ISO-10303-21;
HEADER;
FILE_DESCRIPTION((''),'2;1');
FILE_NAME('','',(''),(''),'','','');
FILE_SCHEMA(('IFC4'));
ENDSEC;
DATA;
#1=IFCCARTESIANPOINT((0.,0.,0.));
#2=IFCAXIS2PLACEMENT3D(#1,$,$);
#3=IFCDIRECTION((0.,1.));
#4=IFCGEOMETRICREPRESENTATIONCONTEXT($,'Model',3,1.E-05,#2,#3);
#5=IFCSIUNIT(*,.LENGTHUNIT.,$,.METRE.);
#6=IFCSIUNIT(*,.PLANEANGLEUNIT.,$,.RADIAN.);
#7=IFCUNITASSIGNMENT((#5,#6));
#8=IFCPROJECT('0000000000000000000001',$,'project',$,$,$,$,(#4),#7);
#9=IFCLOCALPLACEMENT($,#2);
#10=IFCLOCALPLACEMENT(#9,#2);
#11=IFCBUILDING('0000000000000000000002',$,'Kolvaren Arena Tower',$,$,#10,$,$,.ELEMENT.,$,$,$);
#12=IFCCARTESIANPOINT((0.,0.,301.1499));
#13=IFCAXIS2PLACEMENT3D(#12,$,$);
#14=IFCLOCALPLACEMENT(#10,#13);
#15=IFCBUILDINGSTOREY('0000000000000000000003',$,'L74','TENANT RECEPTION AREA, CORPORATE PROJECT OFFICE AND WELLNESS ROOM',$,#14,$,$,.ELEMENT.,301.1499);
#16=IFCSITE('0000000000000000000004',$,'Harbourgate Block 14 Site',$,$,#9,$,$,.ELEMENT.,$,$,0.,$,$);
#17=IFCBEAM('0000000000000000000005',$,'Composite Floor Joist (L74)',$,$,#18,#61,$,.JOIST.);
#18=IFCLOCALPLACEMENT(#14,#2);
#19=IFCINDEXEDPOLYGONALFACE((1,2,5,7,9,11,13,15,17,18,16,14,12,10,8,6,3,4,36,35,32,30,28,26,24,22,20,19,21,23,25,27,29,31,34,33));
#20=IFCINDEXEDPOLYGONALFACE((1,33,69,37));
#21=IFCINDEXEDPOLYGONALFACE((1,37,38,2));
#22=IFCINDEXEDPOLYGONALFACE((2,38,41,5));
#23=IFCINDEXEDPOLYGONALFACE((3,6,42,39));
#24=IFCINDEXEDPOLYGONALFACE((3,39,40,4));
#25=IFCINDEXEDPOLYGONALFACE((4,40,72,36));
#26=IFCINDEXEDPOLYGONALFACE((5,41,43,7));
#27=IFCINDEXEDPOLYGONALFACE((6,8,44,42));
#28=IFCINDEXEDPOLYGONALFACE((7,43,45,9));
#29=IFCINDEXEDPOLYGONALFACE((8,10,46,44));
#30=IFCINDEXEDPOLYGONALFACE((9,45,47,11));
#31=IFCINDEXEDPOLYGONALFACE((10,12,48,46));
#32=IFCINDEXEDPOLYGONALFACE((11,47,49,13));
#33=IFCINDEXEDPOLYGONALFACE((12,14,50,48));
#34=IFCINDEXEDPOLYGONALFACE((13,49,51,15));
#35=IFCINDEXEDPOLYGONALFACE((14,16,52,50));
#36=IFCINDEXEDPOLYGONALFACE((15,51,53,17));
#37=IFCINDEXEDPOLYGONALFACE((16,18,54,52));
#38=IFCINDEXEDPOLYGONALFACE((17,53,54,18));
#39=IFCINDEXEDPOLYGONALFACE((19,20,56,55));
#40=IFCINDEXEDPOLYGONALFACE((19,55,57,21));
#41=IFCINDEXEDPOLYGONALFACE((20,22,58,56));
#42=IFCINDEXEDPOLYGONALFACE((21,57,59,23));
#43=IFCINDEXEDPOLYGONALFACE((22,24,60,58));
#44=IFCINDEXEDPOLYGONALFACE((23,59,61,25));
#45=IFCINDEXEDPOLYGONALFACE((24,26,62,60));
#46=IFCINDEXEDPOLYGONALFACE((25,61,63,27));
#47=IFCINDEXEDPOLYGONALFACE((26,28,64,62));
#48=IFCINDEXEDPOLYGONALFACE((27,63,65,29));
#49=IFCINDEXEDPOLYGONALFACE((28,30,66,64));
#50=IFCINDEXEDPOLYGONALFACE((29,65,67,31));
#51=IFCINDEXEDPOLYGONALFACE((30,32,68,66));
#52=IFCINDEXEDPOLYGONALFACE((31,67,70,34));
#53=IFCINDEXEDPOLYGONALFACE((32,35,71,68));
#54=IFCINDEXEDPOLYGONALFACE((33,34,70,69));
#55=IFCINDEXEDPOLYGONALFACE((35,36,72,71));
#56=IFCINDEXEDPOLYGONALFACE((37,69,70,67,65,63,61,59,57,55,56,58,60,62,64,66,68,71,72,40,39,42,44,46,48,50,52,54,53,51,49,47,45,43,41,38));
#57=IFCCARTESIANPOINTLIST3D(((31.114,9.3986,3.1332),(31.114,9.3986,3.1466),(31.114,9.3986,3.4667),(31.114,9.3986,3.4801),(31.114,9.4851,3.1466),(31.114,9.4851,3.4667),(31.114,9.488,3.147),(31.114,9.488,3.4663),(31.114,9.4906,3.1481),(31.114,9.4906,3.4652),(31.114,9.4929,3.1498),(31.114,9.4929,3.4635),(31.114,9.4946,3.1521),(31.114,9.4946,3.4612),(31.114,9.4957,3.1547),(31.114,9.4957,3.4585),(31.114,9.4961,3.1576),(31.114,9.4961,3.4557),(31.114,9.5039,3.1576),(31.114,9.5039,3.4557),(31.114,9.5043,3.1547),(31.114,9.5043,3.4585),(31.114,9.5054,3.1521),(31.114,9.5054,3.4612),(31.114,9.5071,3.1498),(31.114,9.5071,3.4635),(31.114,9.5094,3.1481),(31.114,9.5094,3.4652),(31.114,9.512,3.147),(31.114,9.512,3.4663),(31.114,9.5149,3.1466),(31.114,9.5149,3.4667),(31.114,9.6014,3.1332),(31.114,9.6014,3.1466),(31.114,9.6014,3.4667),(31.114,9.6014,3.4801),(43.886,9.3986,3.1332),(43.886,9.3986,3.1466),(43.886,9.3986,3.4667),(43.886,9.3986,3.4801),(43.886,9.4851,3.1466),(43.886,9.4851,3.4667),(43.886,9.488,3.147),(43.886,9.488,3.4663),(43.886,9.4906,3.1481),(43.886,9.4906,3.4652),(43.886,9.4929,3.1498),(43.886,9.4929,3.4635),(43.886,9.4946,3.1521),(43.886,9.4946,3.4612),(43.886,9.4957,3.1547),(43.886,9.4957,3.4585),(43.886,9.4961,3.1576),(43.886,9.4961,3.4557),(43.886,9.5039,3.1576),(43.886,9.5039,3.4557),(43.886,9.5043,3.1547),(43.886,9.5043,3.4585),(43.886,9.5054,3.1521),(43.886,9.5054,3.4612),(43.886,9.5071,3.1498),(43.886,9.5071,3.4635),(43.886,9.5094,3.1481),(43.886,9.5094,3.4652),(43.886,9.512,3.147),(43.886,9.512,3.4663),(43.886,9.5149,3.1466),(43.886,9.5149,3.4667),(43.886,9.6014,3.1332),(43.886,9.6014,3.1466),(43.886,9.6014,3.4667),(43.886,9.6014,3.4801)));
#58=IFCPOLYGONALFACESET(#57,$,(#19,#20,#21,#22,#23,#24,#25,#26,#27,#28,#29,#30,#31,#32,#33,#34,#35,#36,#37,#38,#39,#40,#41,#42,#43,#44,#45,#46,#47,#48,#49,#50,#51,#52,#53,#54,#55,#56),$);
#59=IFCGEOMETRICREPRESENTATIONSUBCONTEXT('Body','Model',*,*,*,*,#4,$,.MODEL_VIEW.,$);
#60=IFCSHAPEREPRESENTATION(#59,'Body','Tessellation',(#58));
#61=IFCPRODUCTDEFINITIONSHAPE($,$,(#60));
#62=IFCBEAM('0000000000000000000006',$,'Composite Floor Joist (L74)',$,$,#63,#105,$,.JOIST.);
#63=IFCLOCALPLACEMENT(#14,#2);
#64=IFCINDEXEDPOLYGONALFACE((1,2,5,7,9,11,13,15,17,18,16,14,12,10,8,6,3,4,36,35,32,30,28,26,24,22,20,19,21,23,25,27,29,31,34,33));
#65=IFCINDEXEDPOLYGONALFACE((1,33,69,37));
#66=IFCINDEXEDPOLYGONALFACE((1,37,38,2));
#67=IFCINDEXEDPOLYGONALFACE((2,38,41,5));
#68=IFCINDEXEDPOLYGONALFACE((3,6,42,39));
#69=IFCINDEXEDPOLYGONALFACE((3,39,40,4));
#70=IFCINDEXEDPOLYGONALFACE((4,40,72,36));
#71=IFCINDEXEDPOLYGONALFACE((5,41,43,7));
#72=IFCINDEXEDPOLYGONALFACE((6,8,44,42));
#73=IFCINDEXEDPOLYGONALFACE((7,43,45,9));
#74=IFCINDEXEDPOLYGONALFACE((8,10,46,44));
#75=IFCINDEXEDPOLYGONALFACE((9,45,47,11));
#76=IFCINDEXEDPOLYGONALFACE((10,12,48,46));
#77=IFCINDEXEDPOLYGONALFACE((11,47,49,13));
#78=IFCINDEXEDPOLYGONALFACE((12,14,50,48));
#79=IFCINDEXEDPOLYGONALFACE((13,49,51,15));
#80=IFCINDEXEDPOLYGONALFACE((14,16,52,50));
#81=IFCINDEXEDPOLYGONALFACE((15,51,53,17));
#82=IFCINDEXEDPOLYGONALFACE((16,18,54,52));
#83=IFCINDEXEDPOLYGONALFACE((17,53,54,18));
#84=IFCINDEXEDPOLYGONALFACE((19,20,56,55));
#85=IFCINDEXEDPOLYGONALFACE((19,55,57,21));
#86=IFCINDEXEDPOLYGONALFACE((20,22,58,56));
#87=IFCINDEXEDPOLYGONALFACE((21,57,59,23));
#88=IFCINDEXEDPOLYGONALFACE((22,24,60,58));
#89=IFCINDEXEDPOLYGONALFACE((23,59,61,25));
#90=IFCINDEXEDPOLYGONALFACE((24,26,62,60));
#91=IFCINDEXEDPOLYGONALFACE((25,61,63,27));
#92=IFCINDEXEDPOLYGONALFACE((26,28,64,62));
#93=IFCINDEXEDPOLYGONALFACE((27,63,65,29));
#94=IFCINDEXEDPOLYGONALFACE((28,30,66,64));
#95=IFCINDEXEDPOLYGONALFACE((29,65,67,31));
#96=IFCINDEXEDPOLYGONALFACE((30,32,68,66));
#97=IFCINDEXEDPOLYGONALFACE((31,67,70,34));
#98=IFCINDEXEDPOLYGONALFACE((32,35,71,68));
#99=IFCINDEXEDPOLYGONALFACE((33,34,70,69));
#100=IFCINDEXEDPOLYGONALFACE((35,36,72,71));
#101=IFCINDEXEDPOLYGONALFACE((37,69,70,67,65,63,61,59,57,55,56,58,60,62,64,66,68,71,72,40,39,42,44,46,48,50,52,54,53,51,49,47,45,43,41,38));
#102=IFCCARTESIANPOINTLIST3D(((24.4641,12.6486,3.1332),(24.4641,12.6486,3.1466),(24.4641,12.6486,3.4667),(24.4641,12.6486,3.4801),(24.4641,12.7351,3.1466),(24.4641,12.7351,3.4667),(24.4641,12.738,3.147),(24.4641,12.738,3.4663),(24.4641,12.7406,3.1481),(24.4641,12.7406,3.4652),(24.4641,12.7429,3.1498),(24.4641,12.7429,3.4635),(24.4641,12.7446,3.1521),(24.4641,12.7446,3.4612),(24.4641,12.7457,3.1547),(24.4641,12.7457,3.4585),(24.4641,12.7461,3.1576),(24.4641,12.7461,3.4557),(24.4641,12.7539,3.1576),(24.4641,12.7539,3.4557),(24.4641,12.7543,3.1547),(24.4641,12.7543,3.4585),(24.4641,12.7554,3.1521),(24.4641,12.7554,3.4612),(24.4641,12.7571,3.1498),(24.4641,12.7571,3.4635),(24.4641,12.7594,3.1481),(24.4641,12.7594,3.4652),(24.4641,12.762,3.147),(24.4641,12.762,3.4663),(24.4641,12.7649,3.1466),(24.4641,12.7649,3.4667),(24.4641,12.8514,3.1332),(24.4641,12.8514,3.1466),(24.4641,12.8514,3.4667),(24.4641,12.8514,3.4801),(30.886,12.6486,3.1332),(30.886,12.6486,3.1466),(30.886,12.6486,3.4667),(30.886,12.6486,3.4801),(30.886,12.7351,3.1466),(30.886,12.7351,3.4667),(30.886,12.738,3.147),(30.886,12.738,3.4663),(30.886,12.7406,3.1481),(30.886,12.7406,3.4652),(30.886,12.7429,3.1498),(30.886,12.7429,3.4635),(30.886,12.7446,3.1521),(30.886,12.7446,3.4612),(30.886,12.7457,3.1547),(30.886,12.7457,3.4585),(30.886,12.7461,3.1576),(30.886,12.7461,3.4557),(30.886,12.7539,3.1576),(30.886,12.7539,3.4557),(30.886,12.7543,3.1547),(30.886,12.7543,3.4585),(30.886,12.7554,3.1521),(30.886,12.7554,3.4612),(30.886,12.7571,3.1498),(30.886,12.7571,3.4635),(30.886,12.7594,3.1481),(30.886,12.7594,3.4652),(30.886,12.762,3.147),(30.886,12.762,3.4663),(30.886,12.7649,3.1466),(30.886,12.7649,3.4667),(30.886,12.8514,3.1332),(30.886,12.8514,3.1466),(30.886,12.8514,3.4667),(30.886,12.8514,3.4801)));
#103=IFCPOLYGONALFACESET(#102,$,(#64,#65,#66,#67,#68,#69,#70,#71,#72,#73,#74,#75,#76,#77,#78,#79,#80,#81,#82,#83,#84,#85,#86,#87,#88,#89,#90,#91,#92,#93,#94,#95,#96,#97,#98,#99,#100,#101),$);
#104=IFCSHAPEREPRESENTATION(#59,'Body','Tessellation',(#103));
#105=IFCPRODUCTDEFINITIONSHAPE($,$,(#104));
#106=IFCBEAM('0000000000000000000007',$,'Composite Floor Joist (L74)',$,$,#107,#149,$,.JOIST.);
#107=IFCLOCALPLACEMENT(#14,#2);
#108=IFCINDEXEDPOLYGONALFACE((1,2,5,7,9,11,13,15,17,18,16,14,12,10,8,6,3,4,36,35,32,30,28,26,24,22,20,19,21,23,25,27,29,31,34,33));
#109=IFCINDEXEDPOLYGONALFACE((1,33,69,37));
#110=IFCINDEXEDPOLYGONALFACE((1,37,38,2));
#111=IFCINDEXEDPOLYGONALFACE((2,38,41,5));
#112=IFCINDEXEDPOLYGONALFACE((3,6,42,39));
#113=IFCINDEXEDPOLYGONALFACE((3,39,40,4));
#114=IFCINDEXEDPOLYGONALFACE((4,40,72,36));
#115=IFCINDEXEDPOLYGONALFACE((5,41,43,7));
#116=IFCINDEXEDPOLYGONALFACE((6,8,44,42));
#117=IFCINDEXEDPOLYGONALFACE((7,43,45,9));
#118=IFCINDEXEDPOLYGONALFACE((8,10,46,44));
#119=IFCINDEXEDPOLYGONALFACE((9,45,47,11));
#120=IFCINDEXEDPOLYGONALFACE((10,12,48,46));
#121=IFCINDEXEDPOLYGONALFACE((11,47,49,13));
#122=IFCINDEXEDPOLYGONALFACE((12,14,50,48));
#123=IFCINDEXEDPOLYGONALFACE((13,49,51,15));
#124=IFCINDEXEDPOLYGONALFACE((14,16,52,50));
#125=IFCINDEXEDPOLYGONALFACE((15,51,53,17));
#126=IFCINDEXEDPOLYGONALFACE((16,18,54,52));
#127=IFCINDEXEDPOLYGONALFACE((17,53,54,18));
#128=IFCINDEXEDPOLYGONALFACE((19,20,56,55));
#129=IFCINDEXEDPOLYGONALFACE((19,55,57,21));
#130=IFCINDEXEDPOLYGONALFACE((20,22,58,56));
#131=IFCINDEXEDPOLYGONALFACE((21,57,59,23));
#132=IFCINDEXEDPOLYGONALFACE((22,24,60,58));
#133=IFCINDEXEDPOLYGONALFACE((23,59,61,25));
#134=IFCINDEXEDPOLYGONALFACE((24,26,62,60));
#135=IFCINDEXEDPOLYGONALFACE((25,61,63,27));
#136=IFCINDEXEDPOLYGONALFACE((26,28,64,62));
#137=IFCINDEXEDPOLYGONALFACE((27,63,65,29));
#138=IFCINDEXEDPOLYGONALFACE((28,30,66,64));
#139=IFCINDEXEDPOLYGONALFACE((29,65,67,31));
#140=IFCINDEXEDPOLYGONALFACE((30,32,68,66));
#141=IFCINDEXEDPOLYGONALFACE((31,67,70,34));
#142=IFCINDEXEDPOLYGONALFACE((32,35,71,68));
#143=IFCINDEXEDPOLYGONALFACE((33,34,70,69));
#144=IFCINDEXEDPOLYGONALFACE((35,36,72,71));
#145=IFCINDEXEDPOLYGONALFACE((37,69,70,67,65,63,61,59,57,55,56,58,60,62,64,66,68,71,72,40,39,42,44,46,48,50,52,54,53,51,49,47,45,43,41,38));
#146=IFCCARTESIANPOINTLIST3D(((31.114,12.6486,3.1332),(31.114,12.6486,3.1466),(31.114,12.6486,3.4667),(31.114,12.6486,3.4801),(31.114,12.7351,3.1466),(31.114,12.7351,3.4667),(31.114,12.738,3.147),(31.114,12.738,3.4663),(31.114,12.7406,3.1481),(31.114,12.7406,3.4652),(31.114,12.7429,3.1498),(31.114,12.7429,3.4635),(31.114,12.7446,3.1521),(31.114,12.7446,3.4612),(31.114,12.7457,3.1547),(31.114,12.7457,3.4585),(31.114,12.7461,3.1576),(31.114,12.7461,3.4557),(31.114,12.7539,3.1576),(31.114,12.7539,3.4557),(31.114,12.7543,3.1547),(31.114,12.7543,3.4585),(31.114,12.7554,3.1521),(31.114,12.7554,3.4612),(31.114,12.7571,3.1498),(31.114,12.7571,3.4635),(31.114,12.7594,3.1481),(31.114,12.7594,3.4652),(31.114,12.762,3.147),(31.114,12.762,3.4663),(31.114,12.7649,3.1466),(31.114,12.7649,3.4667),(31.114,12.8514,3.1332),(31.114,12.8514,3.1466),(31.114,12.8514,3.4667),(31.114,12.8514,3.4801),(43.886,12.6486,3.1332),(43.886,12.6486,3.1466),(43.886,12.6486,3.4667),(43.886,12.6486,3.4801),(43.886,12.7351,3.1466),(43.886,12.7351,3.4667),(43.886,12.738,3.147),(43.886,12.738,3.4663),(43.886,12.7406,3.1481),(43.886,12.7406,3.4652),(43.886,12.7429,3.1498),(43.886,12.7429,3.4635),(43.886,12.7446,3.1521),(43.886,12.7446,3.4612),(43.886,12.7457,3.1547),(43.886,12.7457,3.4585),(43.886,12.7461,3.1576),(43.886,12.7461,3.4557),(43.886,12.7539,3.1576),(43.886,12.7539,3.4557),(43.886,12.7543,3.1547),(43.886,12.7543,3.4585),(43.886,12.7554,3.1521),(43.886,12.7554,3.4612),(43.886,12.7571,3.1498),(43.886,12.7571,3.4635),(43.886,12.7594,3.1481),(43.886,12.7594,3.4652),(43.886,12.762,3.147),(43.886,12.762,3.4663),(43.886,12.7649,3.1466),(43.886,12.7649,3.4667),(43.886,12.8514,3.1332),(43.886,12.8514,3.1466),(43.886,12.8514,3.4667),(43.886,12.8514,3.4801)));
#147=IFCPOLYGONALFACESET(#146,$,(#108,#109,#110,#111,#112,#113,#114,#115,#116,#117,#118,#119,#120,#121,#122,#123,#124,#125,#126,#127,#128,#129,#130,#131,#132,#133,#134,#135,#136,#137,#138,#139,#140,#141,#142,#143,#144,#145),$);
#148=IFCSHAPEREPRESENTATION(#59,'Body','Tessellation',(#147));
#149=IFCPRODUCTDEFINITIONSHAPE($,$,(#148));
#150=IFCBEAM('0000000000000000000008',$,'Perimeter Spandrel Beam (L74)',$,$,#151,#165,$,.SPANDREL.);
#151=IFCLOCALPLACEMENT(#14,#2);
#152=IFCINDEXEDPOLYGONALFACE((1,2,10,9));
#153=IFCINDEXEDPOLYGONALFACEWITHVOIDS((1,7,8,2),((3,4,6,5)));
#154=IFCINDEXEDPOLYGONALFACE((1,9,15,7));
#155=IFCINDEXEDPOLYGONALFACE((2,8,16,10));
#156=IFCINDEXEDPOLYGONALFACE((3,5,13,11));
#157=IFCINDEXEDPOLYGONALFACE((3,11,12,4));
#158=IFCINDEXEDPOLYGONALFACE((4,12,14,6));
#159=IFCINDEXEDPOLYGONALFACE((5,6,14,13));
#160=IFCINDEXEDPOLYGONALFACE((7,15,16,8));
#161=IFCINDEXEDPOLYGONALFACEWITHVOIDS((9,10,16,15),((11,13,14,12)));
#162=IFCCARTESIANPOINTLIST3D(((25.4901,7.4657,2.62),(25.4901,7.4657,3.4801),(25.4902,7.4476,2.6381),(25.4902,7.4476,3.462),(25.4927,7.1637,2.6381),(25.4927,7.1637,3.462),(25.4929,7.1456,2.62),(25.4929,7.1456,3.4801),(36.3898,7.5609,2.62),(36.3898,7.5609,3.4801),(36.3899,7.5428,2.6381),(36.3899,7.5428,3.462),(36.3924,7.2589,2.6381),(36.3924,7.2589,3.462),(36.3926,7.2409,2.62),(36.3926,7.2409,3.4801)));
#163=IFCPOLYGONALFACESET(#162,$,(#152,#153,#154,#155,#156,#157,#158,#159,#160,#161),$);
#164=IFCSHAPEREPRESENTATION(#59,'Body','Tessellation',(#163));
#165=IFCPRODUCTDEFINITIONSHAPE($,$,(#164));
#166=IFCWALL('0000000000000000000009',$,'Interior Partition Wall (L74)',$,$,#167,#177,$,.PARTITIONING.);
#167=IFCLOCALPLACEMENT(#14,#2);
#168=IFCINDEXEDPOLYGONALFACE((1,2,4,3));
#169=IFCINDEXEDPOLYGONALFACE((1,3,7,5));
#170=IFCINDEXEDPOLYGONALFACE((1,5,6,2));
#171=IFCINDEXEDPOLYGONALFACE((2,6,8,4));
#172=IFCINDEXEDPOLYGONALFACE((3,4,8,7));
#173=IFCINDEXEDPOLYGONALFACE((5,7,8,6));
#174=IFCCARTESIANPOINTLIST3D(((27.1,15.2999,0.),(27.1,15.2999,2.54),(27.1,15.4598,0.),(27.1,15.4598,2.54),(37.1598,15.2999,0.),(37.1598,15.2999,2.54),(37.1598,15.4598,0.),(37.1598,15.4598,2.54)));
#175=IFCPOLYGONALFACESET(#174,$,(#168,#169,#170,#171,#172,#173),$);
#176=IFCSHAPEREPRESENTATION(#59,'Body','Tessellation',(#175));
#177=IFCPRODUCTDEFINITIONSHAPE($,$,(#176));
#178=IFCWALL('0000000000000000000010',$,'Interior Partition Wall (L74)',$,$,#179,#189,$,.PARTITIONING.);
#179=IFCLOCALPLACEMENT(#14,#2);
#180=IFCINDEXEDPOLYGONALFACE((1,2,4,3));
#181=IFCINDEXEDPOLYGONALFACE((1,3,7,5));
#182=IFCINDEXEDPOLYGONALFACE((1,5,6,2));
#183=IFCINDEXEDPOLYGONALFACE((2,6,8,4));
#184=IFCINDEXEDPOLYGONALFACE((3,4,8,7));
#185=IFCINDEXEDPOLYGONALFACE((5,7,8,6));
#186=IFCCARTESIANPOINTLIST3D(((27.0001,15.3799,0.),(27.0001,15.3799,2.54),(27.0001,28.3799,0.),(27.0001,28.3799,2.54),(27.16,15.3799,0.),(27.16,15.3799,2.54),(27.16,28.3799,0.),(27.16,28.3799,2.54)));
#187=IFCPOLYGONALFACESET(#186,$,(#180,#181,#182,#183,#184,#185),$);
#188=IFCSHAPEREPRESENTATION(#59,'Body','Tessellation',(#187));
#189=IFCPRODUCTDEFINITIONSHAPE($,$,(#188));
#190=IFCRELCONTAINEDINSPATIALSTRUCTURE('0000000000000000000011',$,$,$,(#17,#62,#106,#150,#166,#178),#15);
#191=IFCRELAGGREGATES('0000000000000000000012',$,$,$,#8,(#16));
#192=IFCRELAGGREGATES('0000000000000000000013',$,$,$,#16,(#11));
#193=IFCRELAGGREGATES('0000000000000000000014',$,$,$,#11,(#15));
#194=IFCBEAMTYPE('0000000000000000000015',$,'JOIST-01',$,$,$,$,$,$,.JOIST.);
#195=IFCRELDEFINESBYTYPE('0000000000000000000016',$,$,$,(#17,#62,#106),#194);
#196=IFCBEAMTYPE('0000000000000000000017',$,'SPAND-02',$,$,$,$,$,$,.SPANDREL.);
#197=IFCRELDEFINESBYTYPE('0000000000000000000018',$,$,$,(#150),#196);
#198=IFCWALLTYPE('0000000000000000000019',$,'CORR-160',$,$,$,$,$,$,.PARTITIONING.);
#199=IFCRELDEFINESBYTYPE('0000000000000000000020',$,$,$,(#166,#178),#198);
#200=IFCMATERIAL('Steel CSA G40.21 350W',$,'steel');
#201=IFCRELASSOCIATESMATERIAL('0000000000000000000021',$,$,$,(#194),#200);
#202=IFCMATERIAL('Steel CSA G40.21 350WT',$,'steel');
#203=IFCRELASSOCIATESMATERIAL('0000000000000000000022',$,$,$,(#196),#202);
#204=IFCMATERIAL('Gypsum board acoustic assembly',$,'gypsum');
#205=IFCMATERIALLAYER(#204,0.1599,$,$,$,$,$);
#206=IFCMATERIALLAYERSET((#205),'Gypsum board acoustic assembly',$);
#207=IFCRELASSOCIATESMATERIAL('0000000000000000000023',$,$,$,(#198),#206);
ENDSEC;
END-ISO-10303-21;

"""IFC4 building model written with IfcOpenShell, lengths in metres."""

from ifc_helpers import new_model, si_unit, direction, frame, frame_2d, origin, origin_2d, place, context, subcontext, project, spatial, rectangle, hollow_rectangle, i_section, extrude, material, layer, layer_set, material_profile, profile_set, type_object, element, save


model = new_model("IFC4")

# Units and contexts
model_context = context("Model", 3, precision=1e-05, world=origin(), true_north=direction((0.0, 1.0)))
body_context = subcontext(model_context, "Body", "Model", "MODEL_VIEW")
ifc_project = project(units=[si_unit("LENGTHUNIT", "METRE"), si_unit("PLANEANGLEUNIT", "RADIAN")], contexts=[model_context])

# Site, building, storey
site_placement = place(None, origin())
site = spatial("IfcSite", under=ifc_project, at=site_placement, Name="Harbourgate Block 14 Site", CompositionType="ELEMENT", RefElevation=0.0)
building_placement = place(site_placement, origin())
building = spatial("IfcBuilding", under=site, at=building_placement, Name="Kolvaren Arena Tower", CompositionType="ELEMENT")
storey_placement = place(building_placement, frame((0.0, 0.0, 301.1499)))
storey = spatial("IfcBuildingStorey", under=building, at=storey_placement, Name="L74", Description="TENANT RECEPTION AREA, CORPORATE PROJECT OFFICE AND WELLNESS ROOM", CompositionType="ELEMENT", Elevation=301.1499)

# Beams
ifc_material_1 = material(Name="Steel CSA G40.21 350W", Category="steel")
ifc_material_profile_1 = material_profile(ifc_material_1, i_section(OverallWidth=0.2029, OverallDepth=0.3469, WebThickness=0.0078, FlangeThickness=0.0134, FilletRadius=0.011, at=origin_2d()), Name="W360x64")
ifc_profile_set_1 = profile_set([ifc_material_profile_1], Name="Steel CSA G40.21 350W")
beam_type_1 = type_object("IfcBeamType", Name="JOIST-01", PredefinedType="JOIST", material=ifc_profile_set_1)
beam_1_placement = place(storey_placement, frame((31.114, 9.5, 3.3066), z_axis=(1.0, 0.0, 0.0), x_axis=(0.0, 1.0, 0.0)))
element("IfcBeam", 1, at=beam_1_placement, inside=storey, type_object=beam_type_1, Name="Composite Floor Joist (L74)", PredefinedType="JOIST", context=body_context, shape_type="SweptSolid", body=[
    extrude(i_section(OverallWidth=0.2029, OverallDepth=0.3469, WebThickness=0.0078, FlangeThickness=0.0134, FilletRadius=0.011, at=origin_2d()), origin(), (0.0, 0.0, 1.0), 12.772),
])
beam_2_placement = place(storey_placement, frame((24.4641, 12.75, 3.3066), z_axis=(1.0, 0.0, 0.0), x_axis=(0.0, 1.0, 0.0)))
element("IfcBeam", 2, at=beam_2_placement, inside=storey, type_object=beam_type_1, Name="Composite Floor Joist (L74)", PredefinedType="JOIST", context=body_context, shape_type="SweptSolid", body=[
    extrude(i_section(OverallWidth=0.2029, OverallDepth=0.3469, WebThickness=0.0078, FlangeThickness=0.0134, FilletRadius=0.011, at=origin_2d()), origin(), (0.0, 0.0, 1.0), 6.4219),
])
beam_3_placement = place(storey_placement, frame((31.114, 12.75, 3.3066), z_axis=(1.0, 0.0, 0.0), x_axis=(0.0, 1.0, 0.0)))
element("IfcBeam", 3, at=beam_3_placement, inside=storey, type_object=beam_type_1, Name="Composite Floor Joist (L74)", PredefinedType="JOIST", context=body_context, shape_type="SweptSolid", body=[
    extrude(i_section(OverallWidth=0.2029, OverallDepth=0.3469, WebThickness=0.0078, FlangeThickness=0.0134, FilletRadius=0.011, at=origin_2d()), origin(), (0.0, 0.0, 1.0), 12.772),
])
ifc_material_2 = material(Name="Steel CSA G40.21 350WT", Category="steel")
ifc_material_profile_2 = material_profile(ifc_material_2, hollow_rectangle(XDim=0.3201, YDim=0.8601, WallThickness=0.0181, at=origin_2d()), Name="HSS 860x320x18")
ifc_profile_set_2 = profile_set([ifc_material_profile_2], Name="Steel CSA G40.21 350WT")
beam_type_2 = type_object("IfcBeamType", Name="SPAND-02", PredefinedType="SPANDREL", material=ifc_profile_set_2)
beam_4_placement = place(storey_placement, frame((25.4915, 7.3057, 3.05), z_axis=(0.999962, 0.008735, 0.0), x_axis=(-0.008735, 0.999962, 0.0)))
element("IfcBeam", 4, at=beam_4_placement, inside=storey, type_object=beam_type_2, Name="Perimeter Spandrel Beam (L74)", PredefinedType="SPANDREL", context=body_context, shape_type="SweptSolid", body=[
    extrude(hollow_rectangle(XDim=0.3201, YDim=0.8601, WallThickness=0.0181, at=origin_2d()), origin(), (0.0, 0.0, 1.0), 10.9001),
])

# Walls
ifc_material_3 = material(Name="Gypsum board acoustic assembly", Category="gypsum")
ifc_layer_1 = layer(ifc_material_3, 0.1599)
ifc_layer_set_1 = layer_set([ifc_layer_1], Name="Gypsum board acoustic assembly")
wall_type_1 = type_object("IfcWallType", Name="CORR-160", PredefinedType="PARTITIONING", material=ifc_layer_set_1)
wall_1_placement = place(storey_placement, frame((27.1001, 15.3799, 0.0), z_axis=(0.0, 0.0, 1.0), x_axis=(1.0, 0.0, 0.0)))
element("IfcWall", 5, at=wall_1_placement, inside=storey, type_object=wall_type_1, Name="Interior Partition Wall (L74)", PredefinedType="PARTITIONING", context=body_context, shape_type="SweptSolid", body=[
    extrude(rectangle(XDim=10.0598, YDim=0.1599, at=frame_2d((5.0298, 0.0))), origin(), (0.0, 0.0, 1.0), 2.54),
])
wall_2_placement = place(storey_placement, frame((27.0801, 15.3799, 0.0), z_axis=(0.0, 0.0, 1.0), x_axis=(0.0, 1.0, 0.0)))
element("IfcWall", 6, at=wall_2_placement, inside=storey, type_object=wall_type_1, Name="Interior Partition Wall (L74)", PredefinedType="PARTITIONING", context=body_context, shape_type="SweptSolid", body=[
    extrude(rectangle(XDim=13.0, YDim=0.1599, at=frame_2d((6.5, 0.0))), origin(), (0.0, 0.0, 1.0), 2.54),
])

save(model, "model.ifc")
